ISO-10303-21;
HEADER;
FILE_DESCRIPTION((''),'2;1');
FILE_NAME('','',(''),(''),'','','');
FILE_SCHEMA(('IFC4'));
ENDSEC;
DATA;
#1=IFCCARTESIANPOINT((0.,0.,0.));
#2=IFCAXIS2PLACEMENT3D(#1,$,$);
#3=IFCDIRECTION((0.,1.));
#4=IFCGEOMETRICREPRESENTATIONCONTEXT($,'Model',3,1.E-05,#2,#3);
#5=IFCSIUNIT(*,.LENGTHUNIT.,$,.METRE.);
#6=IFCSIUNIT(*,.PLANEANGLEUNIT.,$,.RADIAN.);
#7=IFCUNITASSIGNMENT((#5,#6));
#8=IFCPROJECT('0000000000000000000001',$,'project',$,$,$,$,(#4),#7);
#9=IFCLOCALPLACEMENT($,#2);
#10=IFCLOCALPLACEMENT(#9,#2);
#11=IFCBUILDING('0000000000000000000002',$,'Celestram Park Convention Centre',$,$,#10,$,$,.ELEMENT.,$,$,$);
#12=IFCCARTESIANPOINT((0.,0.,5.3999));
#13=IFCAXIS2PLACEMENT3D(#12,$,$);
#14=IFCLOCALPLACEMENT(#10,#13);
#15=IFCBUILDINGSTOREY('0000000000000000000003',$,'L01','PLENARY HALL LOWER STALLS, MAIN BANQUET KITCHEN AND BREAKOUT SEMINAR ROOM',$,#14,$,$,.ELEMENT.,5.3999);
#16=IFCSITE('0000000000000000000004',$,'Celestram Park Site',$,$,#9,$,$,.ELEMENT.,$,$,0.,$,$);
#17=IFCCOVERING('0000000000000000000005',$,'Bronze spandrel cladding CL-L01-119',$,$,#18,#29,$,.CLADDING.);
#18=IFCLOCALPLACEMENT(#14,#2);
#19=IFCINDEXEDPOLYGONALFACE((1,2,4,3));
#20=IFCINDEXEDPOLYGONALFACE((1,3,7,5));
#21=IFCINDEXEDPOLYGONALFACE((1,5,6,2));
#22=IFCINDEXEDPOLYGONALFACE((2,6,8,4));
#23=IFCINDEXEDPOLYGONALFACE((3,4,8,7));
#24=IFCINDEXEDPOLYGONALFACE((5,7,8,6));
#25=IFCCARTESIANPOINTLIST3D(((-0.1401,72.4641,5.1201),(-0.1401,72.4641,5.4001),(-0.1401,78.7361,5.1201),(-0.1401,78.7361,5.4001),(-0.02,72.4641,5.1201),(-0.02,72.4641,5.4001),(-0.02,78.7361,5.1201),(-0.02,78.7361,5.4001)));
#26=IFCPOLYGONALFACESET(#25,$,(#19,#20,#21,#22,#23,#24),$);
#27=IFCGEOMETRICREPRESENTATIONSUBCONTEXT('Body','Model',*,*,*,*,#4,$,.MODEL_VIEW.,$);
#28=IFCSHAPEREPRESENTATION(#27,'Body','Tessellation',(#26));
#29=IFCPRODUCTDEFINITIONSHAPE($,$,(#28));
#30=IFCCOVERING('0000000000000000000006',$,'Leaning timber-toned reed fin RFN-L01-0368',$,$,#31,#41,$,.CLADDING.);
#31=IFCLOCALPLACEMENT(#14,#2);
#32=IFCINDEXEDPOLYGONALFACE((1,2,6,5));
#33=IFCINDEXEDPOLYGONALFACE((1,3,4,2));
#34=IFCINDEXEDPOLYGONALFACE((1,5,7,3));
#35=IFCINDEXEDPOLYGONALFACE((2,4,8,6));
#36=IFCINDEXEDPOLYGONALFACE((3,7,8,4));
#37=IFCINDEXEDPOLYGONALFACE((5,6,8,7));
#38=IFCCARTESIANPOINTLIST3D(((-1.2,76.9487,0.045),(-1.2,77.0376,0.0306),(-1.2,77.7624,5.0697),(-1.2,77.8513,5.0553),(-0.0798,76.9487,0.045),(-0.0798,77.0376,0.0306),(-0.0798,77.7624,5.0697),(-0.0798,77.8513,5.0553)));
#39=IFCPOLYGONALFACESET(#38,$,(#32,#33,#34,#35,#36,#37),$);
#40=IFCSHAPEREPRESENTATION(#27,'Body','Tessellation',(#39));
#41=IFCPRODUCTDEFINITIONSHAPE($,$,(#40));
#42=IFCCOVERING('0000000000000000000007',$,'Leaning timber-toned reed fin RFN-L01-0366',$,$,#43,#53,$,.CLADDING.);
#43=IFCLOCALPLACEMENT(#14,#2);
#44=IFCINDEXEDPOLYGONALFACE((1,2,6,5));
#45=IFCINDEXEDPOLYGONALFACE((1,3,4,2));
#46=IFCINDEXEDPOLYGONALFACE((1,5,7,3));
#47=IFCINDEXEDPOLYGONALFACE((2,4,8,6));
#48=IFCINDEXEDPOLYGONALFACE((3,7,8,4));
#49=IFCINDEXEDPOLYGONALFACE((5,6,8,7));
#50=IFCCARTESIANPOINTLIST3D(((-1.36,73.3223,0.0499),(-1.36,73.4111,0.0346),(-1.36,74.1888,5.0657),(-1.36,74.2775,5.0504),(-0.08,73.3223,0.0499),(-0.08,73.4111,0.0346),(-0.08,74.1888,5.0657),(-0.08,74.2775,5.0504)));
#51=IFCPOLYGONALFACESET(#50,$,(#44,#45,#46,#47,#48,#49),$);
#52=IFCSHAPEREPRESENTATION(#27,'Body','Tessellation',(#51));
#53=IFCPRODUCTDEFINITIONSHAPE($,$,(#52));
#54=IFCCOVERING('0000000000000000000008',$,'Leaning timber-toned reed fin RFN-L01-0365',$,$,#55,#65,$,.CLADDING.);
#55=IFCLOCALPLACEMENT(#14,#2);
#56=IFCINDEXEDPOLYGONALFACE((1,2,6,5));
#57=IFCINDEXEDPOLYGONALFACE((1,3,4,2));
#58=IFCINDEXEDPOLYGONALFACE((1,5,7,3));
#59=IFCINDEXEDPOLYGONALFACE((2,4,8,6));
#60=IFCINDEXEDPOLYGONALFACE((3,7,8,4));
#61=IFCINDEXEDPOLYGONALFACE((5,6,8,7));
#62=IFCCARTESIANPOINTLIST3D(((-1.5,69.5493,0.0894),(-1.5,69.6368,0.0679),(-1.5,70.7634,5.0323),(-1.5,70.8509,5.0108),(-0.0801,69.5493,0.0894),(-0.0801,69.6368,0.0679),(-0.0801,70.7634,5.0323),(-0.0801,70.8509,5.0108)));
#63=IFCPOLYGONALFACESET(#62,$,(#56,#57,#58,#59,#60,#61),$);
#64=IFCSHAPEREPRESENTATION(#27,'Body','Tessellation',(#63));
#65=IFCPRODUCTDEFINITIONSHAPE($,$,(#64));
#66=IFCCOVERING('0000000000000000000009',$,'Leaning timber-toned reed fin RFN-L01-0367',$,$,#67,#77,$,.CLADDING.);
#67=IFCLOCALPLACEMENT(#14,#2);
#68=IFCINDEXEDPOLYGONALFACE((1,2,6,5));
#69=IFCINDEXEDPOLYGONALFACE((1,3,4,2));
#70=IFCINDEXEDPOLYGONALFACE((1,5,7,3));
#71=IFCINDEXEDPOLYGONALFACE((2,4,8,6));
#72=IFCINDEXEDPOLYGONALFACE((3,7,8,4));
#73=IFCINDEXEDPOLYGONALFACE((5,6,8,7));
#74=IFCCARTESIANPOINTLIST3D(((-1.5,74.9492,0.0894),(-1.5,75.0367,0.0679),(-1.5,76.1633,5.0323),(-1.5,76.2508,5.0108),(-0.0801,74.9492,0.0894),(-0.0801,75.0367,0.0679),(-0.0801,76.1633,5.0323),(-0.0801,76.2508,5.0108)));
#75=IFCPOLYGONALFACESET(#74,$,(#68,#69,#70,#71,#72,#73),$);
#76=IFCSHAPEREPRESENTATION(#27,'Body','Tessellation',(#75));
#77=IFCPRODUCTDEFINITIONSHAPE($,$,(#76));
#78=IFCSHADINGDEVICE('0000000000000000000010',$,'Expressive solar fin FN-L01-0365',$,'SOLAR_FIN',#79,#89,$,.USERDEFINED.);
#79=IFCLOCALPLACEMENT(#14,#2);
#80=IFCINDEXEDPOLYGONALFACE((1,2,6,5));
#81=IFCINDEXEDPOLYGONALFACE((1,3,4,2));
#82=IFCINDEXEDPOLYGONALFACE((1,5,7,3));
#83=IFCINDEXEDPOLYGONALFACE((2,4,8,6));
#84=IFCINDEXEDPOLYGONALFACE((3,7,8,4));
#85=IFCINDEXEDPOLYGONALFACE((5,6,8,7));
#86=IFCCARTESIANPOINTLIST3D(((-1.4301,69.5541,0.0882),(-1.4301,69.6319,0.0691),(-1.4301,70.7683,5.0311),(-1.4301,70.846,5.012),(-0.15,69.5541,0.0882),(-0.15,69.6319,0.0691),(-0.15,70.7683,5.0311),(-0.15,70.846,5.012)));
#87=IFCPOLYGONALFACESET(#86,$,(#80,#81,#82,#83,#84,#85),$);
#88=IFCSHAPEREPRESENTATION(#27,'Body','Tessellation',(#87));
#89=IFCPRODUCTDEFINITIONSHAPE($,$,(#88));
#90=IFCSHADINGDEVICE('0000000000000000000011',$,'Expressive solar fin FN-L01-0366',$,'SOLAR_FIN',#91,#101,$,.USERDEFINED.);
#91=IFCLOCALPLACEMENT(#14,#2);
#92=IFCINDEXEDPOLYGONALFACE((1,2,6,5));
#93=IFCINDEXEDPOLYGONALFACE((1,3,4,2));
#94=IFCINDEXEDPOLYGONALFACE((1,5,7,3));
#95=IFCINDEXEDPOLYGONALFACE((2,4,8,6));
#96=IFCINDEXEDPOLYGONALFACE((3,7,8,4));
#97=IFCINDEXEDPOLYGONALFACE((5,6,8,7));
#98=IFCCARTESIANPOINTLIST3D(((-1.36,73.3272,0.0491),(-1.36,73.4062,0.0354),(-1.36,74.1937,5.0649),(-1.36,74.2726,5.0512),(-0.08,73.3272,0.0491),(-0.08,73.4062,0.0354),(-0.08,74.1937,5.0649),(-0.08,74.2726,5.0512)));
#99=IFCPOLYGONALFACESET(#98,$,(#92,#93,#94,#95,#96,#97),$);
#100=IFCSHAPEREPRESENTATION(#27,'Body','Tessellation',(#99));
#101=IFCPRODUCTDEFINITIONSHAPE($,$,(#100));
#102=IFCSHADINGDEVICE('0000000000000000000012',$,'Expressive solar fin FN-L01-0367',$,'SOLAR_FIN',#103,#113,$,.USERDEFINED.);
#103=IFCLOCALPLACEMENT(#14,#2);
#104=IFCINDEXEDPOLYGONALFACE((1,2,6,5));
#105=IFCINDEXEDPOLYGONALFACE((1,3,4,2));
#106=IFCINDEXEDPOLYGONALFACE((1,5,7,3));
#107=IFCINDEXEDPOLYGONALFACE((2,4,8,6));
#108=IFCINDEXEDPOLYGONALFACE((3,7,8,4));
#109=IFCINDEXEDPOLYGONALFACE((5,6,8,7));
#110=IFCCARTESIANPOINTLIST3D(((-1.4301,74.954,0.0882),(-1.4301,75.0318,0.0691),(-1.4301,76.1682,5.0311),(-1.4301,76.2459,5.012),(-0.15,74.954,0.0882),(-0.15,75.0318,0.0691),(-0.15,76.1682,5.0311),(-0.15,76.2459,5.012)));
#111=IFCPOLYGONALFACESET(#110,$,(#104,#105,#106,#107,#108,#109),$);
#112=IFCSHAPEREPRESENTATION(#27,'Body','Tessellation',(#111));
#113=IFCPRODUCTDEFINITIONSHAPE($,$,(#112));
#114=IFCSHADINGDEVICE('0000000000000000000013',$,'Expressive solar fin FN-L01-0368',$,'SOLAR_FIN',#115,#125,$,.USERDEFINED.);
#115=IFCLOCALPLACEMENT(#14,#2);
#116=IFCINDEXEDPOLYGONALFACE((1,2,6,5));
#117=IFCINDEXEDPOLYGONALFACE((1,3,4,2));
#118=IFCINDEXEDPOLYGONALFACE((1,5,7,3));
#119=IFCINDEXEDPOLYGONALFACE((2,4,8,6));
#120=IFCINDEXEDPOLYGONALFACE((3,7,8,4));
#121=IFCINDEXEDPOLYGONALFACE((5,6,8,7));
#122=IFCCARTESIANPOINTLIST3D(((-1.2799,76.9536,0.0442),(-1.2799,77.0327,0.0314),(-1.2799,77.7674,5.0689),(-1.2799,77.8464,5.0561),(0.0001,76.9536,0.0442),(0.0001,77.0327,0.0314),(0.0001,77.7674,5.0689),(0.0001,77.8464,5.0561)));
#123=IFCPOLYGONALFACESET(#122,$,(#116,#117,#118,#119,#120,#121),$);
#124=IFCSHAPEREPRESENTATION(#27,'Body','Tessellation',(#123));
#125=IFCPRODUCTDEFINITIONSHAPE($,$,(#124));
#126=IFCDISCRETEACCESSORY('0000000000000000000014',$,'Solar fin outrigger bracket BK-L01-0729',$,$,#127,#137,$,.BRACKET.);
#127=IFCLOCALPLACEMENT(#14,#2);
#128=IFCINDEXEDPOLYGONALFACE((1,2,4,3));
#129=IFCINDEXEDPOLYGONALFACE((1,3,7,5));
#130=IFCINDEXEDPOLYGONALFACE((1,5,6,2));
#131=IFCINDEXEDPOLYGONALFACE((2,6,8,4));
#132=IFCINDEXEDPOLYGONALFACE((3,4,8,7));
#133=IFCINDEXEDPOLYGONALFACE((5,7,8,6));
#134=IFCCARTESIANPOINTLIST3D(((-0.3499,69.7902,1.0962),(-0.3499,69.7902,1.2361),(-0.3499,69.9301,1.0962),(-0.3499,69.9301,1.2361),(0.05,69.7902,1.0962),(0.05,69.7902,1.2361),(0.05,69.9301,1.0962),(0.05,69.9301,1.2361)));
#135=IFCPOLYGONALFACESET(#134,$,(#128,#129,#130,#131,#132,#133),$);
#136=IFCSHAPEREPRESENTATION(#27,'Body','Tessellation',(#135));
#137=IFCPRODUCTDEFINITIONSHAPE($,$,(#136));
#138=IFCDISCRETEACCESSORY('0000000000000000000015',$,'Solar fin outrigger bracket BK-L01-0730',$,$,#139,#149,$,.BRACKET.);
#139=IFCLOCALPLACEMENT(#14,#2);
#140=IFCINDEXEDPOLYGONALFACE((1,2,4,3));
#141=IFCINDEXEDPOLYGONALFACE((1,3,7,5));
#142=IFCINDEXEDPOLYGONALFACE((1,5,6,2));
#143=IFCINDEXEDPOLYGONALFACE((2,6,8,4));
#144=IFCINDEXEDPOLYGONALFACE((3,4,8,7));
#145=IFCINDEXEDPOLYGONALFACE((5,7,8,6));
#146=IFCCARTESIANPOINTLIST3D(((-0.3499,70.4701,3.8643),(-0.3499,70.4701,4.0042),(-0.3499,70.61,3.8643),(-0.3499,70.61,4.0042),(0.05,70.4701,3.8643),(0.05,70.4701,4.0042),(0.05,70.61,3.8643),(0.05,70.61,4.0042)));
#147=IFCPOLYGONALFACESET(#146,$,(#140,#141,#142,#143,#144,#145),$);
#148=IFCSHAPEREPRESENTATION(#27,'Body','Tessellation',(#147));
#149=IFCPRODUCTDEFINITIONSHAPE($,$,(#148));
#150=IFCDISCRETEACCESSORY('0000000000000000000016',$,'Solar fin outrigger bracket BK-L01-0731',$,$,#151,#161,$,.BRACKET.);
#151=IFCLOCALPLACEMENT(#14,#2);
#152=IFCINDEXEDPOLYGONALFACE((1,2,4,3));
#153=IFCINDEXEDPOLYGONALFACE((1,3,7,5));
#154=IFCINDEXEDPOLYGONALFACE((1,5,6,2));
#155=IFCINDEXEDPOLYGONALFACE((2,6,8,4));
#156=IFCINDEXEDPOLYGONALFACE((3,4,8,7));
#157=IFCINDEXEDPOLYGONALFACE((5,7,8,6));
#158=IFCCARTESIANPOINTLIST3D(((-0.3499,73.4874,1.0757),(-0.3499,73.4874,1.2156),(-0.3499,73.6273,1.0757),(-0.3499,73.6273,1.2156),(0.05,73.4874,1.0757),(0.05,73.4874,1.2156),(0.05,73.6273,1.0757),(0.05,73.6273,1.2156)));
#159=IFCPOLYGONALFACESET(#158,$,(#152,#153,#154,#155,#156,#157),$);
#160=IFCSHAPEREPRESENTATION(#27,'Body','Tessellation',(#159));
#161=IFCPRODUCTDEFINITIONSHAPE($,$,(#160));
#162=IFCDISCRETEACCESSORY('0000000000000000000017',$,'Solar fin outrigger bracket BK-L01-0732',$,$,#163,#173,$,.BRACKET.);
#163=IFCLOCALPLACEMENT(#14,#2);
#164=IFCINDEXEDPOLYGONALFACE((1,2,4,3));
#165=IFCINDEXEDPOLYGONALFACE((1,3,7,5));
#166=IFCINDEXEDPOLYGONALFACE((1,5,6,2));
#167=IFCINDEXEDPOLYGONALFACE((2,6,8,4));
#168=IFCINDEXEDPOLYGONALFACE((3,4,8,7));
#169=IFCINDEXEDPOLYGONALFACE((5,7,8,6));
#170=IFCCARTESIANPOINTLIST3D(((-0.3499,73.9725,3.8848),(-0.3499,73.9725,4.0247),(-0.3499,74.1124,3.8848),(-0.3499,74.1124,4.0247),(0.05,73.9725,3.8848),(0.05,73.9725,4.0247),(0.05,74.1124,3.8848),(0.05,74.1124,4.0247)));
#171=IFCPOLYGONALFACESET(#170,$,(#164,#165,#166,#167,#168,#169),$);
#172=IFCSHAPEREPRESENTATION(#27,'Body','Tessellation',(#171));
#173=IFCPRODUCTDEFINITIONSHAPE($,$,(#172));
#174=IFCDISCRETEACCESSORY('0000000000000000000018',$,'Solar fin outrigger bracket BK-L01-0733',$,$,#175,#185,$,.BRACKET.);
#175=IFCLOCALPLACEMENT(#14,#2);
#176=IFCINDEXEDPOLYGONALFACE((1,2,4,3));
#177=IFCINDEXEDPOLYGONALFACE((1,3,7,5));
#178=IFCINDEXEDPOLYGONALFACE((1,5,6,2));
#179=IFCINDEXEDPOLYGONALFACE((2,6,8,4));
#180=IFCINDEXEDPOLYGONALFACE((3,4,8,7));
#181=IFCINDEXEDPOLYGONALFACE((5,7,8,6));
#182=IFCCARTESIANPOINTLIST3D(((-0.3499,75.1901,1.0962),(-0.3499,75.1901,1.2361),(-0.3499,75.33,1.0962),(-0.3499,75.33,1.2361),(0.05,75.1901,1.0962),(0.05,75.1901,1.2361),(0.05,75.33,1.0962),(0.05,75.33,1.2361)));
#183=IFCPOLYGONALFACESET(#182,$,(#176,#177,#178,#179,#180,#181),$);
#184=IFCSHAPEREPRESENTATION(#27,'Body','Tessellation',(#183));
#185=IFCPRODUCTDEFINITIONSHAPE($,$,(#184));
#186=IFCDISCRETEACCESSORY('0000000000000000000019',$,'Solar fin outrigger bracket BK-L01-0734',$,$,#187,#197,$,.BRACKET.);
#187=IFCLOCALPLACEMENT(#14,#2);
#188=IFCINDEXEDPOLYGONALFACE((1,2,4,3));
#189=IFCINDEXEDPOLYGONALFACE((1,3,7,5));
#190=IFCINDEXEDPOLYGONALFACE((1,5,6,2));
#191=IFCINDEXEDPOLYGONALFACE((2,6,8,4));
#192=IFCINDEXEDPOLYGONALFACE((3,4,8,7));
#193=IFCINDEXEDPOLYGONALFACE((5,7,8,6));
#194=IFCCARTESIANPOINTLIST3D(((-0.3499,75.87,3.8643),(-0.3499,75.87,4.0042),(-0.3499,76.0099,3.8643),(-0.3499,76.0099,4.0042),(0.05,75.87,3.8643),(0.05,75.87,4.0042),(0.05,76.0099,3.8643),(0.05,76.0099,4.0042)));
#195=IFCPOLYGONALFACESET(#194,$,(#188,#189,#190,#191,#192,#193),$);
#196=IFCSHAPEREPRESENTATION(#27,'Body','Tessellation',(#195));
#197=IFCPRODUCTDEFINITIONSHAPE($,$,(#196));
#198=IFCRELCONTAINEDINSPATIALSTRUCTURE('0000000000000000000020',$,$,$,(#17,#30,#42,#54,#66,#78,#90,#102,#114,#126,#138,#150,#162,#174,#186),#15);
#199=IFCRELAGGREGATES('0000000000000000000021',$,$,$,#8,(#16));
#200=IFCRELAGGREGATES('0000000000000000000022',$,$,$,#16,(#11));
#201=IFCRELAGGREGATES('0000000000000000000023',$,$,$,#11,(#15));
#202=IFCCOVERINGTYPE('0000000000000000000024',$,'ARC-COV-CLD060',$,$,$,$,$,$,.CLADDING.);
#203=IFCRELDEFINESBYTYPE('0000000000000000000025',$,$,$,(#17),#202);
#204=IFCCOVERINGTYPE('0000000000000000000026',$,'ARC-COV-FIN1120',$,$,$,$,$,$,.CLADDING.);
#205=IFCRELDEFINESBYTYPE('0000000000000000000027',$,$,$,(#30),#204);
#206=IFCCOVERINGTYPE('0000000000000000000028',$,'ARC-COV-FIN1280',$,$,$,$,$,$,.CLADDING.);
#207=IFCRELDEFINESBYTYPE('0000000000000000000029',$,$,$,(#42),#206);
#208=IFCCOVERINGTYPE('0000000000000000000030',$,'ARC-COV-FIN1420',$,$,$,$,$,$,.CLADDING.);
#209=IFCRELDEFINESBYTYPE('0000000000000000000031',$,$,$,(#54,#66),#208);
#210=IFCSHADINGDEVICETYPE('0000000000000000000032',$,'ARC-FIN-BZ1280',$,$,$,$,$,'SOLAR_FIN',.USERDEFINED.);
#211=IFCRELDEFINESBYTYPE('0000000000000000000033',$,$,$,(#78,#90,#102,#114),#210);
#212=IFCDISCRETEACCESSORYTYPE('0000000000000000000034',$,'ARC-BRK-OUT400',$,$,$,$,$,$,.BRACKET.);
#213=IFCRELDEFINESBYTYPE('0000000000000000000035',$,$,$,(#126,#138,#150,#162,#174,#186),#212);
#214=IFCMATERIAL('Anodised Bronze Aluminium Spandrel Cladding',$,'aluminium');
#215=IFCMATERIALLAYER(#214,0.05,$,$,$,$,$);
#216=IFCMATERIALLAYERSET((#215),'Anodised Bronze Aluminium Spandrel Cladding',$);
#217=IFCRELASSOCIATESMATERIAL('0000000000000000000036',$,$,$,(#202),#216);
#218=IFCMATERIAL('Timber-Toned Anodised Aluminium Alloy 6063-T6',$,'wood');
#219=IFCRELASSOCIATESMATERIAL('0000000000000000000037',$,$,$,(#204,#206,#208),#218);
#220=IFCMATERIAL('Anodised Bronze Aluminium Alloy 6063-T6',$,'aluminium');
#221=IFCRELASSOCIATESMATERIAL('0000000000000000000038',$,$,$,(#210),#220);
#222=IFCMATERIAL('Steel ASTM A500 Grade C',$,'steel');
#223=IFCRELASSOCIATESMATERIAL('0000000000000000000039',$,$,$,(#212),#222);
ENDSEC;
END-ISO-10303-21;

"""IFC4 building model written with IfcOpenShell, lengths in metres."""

from ifc_helpers import new_model, si_unit, direction, frame, origin, origin_2d, place, context, subcontext, project, spatial, rectangle, extrude, material, layer, layer_set, material_profile, profile_set, type_object, element, save


model = new_model("IFC4")

# Units and contexts
model_context = context("Model", 3, precision=1e-05, world=origin(), true_north=direction((0.0, 1.0)))
body_context = subcontext(model_context, "Body", "Model", "MODEL_VIEW")
ifc_project = project(units=[si_unit("LENGTHUNIT", "METRE"), si_unit("PLANEANGLEUNIT", "RADIAN")], contexts=[model_context])

# Site, building, storey
site_placement = place(None, origin())
site = spatial("IfcSite", under=ifc_project, at=site_placement, Name="Celestram Park Site", CompositionType="ELEMENT", RefElevation=0.0)
building_placement = place(site_placement, origin())
building = spatial("IfcBuilding", under=site, at=building_placement, Name="Celestram Park Convention Centre", CompositionType="ELEMENT")
storey_placement = place(building_placement, frame((0.0, 0.0, 5.3999)))
storey = spatial("IfcBuildingStorey", under=building, at=storey_placement, Name="L01", Description="PLENARY HALL LOWER STALLS, MAIN BANQUET KITCHEN AND BREAKOUT SEMINAR ROOM", CompositionType="ELEMENT", Elevation=5.3999)

# Shared definitions
ifc_material_1 = material(Name="Steel ASTM A500 Grade C", Category="steel")

# Coverings
ifc_material_2 = material(Name="Anodised Bronze Aluminium Spandrel Cladding", Category="aluminium")
ifc_layer_1 = layer(ifc_material_2, 0.05)
ifc_layer_set_1 = layer_set([ifc_layer_1], Name="Anodised Bronze Aluminium Spandrel Cladding")
covering_type_1 = type_object("IfcCoveringType", Name="ARC-COV-CLD060", PredefinedType="CLADDING", material=ifc_layer_set_1)
covering_1_placement = place(storey_placement, frame((-0.0801, 75.6001, 5.1201), z_axis=(0.0, 0.0, 1.0), x_axis=(0.0, 1.0, 0.0)))
element("IfcCovering", 1, at=covering_1_placement, inside=storey, type_object=covering_type_1, Name="Bronze spandrel cladding CL-L01-119", PredefinedType="CLADDING", context=body_context, shape_type="SweptSolid", body=[
    extrude(rectangle(XDim=6.272, YDim=0.1201, at=origin_2d()), origin(), (0.0, 0.0, 1.0), 0.28),
])
ifc_material_3 = material(Name="Timber-Toned Anodised Aluminium Alloy 6063-T6", Category="wood")
ifc_material_profile_1 = material_profile(ifc_material_3, rectangle(XDim=1.1201, YDim=0.0901, at=origin_2d()), Name="REED1120X90")
ifc_profile_set_1 = profile_set([ifc_material_profile_1], Name="Timber-Toned Anodised Aluminium Alloy 6063-T6")
covering_type_2 = type_object("IfcCoveringType", Name="ARC-COV-FIN1120", PredefinedType="CLADDING", material=ifc_profile_set_1)
covering_2_placement = place(storey_placement, frame((-0.6399, 76.9932, 0.0378), z_axis=(0.0, 0.159863, 0.987139), x_axis=(-1.0, 0.0, 0.0)))
element("IfcCovering", 2, at=covering_2_placement, inside=storey, type_object=covering_type_2, Name="Leaning timber-toned reed fin RFN-L01-0368", PredefinedType="CLADDING", context=body_context, shape_type="SweptSolid", body=[
    extrude(rectangle(XDim=1.1201, YDim=0.0901, at=origin_2d()), origin(), (0.0, 0.0, 1.0), 5.0901),
])
ifc_material_profile_2 = material_profile(ifc_material_3, rectangle(XDim=1.28, YDim=0.0901, at=origin_2d()), Name="REED1280X90")
ifc_profile_set_2 = profile_set([ifc_material_profile_2], Name="Timber-Toned Anodised Aluminium Alloy 6063-T6")
covering_type_3 = type_object("IfcCoveringType", Name="ARC-COV-FIN1280", PredefinedType="CLADDING", material=ifc_profile_set_2)
covering_3_placement = place(storey_placement, frame((-0.72, 73.3667, 0.0422), z_axis=(0.0, 0.170222, 0.985406), x_axis=(-1.0, 0.0, 0.0)))
element("IfcCovering", 3, at=covering_3_placement, inside=storey, type_object=covering_type_3, Name="Leaning timber-toned reed fin RFN-L01-0366", PredefinedType="CLADDING", context=body_context, shape_type="SweptSolid", body=[
    extrude(rectangle(XDim=1.28, YDim=0.0901, at=origin_2d()), origin(), (0.0, 0.0, 1.0), 5.0901),
])
ifc_material_profile_3 = material_profile(ifc_material_3, rectangle(XDim=1.4199, YDim=0.0901, at=origin_2d()), Name="REED1420X90")
ifc_profile_set_3 = profile_set([ifc_material_profile_3], Name="Timber-Toned Anodised Aluminium Alloy 6063-T6")
covering_type_4 = type_object("IfcCoveringType", Name="ARC-COV-FIN1420", PredefinedType="CLADDING", material=ifc_profile_set_3)
for number, where, z_axis, x_axis, name in (
    (4, (-0.79, 69.593, 0.0786), (0.0, 0.238538, 0.971133), (-1.0, 0.0, 0.0), "Leaning timber-toned reed fin RFN-L01-0365"),
    (5, (-0.79, 74.9929, 0.0786), (0.0, 0.238538, 0.971133), (-1.0, 0.0, 0.0), "Leaning timber-toned reed fin RFN-L01-0367"),
):
    element("IfcCovering", number, at=place(storey_placement, frame(where, z_axis=z_axis, x_axis=x_axis)), inside=storey, type_object=covering_type_4, Name=name, PredefinedType="CLADDING", context=body_context, shape_type="SweptSolid", body=[
        extrude(rectangle(XDim=1.4199, YDim=0.0901, at=origin_2d()), origin(), (0.0, 0.0, 1.0), 5.0898),
    ])

# Shading devices
ifc_material_4 = material(Name="Anodised Bronze Aluminium Alloy 6063-T6", Category="aluminium")
ifc_material_profile_4 = material_profile(ifc_material_4, rectangle(XDim=1.28, YDim=0.0801, at=origin_2d()), Name="FIN1280X80")
ifc_profile_set_4 = profile_set([ifc_material_profile_4], Name="Anodised Bronze Aluminium Alloy 6063-T6")
shading_device_type = type_object("IfcShadingDeviceType", Name="ARC-FIN-BZ1280", ElementType="SOLAR_FIN", PredefinedType="USERDEFINED", material=ifc_profile_set_4)
shading_device_1_placement = place(storey_placement, frame((-0.79, 69.593, 0.0786), z_axis=(0.0, 0.238538, 0.971133), x_axis=(-1.0, 0.0, 0.0)))
element("IfcShadingDevice", 6, at=shading_device_1_placement, inside=storey, type_object=shading_device_type, Name="Expressive solar fin FN-L01-0365", ObjectType="SOLAR_FIN", PredefinedType="USERDEFINED", context=body_context, shape_type="SweptSolid", body=[
    extrude(rectangle(XDim=1.28, YDim=0.0801, at=origin_2d()), origin(), (0.0, 0.0, 1.0), 5.0898),
])
shading_device_2_placement = place(storey_placement, frame((-0.72, 73.3667, 0.0422), z_axis=(0.0, 0.170222, 0.985406), x_axis=(-1.0, 0.0, 0.0)))
element("IfcShadingDevice", 7, at=shading_device_2_placement, inside=storey, type_object=shading_device_type, Name="Expressive solar fin FN-L01-0366", ObjectType="SOLAR_FIN", PredefinedType="USERDEFINED", context=body_context, shape_type="SweptSolid", body=[
    extrude(rectangle(XDim=1.28, YDim=0.0801, at=origin_2d()), origin(), (0.0, 0.0, 1.0), 5.0901),
])
shading_device_3_placement = place(storey_placement, frame((-0.79, 74.9929, 0.0786), z_axis=(0.0, 0.238538, 0.971133), x_axis=(-1.0, 0.0, 0.0)))
element("IfcShadingDevice", 8, at=shading_device_3_placement, inside=storey, type_object=shading_device_type, Name="Expressive solar fin FN-L01-0367", ObjectType="SOLAR_FIN", PredefinedType="USERDEFINED", context=body_context, shape_type="SweptSolid", body=[
    extrude(rectangle(XDim=1.28, YDim=0.0801, at=origin_2d()), origin(), (0.0, 0.0, 1.0), 5.0898),
])
shading_device_4_placement = place(storey_placement, frame((-0.6399, 76.9932, 0.0378), z_axis=(0.0, 0.159863, 0.987139), x_axis=(-1.0, 0.0, 0.0)))
element("IfcShadingDevice", 9, at=shading_device_4_placement, inside=storey, type_object=shading_device_type, Name="Expressive solar fin FN-L01-0368", ObjectType="SOLAR_FIN", PredefinedType="USERDEFINED", context=body_context, shape_type="SweptSolid", body=[
    extrude(rectangle(XDim=1.28, YDim=0.0801, at=origin_2d()), origin(), (0.0, 0.0, 1.0), 5.0901),
])

# Discrete accessories
discrete_accessory_type = type_object("IfcDiscreteAccessoryType", Name="ARC-BRK-OUT400", PredefinedType="BRACKET", material=ifc_material_1)
for number, where, z_axis, x_axis, name in (
    (10, (-0.1499, 69.8601, 1.0962), (0.0, 0.0, 1.0), (-1.0, 0.0, 0.0), "Solar fin outrigger bracket BK-L01-0729"),
    (11, (-0.1499, 70.54, 3.8643), (0.0, 0.0, 1.0), (-1.0, 0.0, 0.0), "Solar fin outrigger bracket BK-L01-0730"),
    (12, (-0.1499, 73.5574, 1.0757), (0.0, 0.0, 1.0), (-1.0, 0.0, 0.0), "Solar fin outrigger bracket BK-L01-0731"),
    (13, (-0.1499, 74.0425, 3.8848), (0.0, 0.0, 1.0), (-1.0, 0.0, 0.0), "Solar fin outrigger bracket BK-L01-0732"),
    (14, (-0.1499, 75.26, 1.0962), (0.0, 0.0, 1.0), (-1.0, 0.0, 0.0), "Solar fin outrigger bracket BK-L01-0733"),
    (15, (-0.1499, 75.9399, 3.8643), (0.0, 0.0, 1.0), (-1.0, 0.0, 0.0), "Solar fin outrigger bracket BK-L01-0734"),
):
    element("IfcDiscreteAccessory", number, at=place(storey_placement, frame(where, z_axis=z_axis, x_axis=x_axis)), inside=storey, type_object=discrete_accessory_type, Name=name, PredefinedType="BRACKET", context=body_context, shape_type="SweptSolid", body=[
        extrude(rectangle(XDim=0.3999, YDim=0.1399, at=origin_2d()), origin(), (0.0, 0.0, 1.0), 0.1399),
    ])

save(model, "model.ifc")
